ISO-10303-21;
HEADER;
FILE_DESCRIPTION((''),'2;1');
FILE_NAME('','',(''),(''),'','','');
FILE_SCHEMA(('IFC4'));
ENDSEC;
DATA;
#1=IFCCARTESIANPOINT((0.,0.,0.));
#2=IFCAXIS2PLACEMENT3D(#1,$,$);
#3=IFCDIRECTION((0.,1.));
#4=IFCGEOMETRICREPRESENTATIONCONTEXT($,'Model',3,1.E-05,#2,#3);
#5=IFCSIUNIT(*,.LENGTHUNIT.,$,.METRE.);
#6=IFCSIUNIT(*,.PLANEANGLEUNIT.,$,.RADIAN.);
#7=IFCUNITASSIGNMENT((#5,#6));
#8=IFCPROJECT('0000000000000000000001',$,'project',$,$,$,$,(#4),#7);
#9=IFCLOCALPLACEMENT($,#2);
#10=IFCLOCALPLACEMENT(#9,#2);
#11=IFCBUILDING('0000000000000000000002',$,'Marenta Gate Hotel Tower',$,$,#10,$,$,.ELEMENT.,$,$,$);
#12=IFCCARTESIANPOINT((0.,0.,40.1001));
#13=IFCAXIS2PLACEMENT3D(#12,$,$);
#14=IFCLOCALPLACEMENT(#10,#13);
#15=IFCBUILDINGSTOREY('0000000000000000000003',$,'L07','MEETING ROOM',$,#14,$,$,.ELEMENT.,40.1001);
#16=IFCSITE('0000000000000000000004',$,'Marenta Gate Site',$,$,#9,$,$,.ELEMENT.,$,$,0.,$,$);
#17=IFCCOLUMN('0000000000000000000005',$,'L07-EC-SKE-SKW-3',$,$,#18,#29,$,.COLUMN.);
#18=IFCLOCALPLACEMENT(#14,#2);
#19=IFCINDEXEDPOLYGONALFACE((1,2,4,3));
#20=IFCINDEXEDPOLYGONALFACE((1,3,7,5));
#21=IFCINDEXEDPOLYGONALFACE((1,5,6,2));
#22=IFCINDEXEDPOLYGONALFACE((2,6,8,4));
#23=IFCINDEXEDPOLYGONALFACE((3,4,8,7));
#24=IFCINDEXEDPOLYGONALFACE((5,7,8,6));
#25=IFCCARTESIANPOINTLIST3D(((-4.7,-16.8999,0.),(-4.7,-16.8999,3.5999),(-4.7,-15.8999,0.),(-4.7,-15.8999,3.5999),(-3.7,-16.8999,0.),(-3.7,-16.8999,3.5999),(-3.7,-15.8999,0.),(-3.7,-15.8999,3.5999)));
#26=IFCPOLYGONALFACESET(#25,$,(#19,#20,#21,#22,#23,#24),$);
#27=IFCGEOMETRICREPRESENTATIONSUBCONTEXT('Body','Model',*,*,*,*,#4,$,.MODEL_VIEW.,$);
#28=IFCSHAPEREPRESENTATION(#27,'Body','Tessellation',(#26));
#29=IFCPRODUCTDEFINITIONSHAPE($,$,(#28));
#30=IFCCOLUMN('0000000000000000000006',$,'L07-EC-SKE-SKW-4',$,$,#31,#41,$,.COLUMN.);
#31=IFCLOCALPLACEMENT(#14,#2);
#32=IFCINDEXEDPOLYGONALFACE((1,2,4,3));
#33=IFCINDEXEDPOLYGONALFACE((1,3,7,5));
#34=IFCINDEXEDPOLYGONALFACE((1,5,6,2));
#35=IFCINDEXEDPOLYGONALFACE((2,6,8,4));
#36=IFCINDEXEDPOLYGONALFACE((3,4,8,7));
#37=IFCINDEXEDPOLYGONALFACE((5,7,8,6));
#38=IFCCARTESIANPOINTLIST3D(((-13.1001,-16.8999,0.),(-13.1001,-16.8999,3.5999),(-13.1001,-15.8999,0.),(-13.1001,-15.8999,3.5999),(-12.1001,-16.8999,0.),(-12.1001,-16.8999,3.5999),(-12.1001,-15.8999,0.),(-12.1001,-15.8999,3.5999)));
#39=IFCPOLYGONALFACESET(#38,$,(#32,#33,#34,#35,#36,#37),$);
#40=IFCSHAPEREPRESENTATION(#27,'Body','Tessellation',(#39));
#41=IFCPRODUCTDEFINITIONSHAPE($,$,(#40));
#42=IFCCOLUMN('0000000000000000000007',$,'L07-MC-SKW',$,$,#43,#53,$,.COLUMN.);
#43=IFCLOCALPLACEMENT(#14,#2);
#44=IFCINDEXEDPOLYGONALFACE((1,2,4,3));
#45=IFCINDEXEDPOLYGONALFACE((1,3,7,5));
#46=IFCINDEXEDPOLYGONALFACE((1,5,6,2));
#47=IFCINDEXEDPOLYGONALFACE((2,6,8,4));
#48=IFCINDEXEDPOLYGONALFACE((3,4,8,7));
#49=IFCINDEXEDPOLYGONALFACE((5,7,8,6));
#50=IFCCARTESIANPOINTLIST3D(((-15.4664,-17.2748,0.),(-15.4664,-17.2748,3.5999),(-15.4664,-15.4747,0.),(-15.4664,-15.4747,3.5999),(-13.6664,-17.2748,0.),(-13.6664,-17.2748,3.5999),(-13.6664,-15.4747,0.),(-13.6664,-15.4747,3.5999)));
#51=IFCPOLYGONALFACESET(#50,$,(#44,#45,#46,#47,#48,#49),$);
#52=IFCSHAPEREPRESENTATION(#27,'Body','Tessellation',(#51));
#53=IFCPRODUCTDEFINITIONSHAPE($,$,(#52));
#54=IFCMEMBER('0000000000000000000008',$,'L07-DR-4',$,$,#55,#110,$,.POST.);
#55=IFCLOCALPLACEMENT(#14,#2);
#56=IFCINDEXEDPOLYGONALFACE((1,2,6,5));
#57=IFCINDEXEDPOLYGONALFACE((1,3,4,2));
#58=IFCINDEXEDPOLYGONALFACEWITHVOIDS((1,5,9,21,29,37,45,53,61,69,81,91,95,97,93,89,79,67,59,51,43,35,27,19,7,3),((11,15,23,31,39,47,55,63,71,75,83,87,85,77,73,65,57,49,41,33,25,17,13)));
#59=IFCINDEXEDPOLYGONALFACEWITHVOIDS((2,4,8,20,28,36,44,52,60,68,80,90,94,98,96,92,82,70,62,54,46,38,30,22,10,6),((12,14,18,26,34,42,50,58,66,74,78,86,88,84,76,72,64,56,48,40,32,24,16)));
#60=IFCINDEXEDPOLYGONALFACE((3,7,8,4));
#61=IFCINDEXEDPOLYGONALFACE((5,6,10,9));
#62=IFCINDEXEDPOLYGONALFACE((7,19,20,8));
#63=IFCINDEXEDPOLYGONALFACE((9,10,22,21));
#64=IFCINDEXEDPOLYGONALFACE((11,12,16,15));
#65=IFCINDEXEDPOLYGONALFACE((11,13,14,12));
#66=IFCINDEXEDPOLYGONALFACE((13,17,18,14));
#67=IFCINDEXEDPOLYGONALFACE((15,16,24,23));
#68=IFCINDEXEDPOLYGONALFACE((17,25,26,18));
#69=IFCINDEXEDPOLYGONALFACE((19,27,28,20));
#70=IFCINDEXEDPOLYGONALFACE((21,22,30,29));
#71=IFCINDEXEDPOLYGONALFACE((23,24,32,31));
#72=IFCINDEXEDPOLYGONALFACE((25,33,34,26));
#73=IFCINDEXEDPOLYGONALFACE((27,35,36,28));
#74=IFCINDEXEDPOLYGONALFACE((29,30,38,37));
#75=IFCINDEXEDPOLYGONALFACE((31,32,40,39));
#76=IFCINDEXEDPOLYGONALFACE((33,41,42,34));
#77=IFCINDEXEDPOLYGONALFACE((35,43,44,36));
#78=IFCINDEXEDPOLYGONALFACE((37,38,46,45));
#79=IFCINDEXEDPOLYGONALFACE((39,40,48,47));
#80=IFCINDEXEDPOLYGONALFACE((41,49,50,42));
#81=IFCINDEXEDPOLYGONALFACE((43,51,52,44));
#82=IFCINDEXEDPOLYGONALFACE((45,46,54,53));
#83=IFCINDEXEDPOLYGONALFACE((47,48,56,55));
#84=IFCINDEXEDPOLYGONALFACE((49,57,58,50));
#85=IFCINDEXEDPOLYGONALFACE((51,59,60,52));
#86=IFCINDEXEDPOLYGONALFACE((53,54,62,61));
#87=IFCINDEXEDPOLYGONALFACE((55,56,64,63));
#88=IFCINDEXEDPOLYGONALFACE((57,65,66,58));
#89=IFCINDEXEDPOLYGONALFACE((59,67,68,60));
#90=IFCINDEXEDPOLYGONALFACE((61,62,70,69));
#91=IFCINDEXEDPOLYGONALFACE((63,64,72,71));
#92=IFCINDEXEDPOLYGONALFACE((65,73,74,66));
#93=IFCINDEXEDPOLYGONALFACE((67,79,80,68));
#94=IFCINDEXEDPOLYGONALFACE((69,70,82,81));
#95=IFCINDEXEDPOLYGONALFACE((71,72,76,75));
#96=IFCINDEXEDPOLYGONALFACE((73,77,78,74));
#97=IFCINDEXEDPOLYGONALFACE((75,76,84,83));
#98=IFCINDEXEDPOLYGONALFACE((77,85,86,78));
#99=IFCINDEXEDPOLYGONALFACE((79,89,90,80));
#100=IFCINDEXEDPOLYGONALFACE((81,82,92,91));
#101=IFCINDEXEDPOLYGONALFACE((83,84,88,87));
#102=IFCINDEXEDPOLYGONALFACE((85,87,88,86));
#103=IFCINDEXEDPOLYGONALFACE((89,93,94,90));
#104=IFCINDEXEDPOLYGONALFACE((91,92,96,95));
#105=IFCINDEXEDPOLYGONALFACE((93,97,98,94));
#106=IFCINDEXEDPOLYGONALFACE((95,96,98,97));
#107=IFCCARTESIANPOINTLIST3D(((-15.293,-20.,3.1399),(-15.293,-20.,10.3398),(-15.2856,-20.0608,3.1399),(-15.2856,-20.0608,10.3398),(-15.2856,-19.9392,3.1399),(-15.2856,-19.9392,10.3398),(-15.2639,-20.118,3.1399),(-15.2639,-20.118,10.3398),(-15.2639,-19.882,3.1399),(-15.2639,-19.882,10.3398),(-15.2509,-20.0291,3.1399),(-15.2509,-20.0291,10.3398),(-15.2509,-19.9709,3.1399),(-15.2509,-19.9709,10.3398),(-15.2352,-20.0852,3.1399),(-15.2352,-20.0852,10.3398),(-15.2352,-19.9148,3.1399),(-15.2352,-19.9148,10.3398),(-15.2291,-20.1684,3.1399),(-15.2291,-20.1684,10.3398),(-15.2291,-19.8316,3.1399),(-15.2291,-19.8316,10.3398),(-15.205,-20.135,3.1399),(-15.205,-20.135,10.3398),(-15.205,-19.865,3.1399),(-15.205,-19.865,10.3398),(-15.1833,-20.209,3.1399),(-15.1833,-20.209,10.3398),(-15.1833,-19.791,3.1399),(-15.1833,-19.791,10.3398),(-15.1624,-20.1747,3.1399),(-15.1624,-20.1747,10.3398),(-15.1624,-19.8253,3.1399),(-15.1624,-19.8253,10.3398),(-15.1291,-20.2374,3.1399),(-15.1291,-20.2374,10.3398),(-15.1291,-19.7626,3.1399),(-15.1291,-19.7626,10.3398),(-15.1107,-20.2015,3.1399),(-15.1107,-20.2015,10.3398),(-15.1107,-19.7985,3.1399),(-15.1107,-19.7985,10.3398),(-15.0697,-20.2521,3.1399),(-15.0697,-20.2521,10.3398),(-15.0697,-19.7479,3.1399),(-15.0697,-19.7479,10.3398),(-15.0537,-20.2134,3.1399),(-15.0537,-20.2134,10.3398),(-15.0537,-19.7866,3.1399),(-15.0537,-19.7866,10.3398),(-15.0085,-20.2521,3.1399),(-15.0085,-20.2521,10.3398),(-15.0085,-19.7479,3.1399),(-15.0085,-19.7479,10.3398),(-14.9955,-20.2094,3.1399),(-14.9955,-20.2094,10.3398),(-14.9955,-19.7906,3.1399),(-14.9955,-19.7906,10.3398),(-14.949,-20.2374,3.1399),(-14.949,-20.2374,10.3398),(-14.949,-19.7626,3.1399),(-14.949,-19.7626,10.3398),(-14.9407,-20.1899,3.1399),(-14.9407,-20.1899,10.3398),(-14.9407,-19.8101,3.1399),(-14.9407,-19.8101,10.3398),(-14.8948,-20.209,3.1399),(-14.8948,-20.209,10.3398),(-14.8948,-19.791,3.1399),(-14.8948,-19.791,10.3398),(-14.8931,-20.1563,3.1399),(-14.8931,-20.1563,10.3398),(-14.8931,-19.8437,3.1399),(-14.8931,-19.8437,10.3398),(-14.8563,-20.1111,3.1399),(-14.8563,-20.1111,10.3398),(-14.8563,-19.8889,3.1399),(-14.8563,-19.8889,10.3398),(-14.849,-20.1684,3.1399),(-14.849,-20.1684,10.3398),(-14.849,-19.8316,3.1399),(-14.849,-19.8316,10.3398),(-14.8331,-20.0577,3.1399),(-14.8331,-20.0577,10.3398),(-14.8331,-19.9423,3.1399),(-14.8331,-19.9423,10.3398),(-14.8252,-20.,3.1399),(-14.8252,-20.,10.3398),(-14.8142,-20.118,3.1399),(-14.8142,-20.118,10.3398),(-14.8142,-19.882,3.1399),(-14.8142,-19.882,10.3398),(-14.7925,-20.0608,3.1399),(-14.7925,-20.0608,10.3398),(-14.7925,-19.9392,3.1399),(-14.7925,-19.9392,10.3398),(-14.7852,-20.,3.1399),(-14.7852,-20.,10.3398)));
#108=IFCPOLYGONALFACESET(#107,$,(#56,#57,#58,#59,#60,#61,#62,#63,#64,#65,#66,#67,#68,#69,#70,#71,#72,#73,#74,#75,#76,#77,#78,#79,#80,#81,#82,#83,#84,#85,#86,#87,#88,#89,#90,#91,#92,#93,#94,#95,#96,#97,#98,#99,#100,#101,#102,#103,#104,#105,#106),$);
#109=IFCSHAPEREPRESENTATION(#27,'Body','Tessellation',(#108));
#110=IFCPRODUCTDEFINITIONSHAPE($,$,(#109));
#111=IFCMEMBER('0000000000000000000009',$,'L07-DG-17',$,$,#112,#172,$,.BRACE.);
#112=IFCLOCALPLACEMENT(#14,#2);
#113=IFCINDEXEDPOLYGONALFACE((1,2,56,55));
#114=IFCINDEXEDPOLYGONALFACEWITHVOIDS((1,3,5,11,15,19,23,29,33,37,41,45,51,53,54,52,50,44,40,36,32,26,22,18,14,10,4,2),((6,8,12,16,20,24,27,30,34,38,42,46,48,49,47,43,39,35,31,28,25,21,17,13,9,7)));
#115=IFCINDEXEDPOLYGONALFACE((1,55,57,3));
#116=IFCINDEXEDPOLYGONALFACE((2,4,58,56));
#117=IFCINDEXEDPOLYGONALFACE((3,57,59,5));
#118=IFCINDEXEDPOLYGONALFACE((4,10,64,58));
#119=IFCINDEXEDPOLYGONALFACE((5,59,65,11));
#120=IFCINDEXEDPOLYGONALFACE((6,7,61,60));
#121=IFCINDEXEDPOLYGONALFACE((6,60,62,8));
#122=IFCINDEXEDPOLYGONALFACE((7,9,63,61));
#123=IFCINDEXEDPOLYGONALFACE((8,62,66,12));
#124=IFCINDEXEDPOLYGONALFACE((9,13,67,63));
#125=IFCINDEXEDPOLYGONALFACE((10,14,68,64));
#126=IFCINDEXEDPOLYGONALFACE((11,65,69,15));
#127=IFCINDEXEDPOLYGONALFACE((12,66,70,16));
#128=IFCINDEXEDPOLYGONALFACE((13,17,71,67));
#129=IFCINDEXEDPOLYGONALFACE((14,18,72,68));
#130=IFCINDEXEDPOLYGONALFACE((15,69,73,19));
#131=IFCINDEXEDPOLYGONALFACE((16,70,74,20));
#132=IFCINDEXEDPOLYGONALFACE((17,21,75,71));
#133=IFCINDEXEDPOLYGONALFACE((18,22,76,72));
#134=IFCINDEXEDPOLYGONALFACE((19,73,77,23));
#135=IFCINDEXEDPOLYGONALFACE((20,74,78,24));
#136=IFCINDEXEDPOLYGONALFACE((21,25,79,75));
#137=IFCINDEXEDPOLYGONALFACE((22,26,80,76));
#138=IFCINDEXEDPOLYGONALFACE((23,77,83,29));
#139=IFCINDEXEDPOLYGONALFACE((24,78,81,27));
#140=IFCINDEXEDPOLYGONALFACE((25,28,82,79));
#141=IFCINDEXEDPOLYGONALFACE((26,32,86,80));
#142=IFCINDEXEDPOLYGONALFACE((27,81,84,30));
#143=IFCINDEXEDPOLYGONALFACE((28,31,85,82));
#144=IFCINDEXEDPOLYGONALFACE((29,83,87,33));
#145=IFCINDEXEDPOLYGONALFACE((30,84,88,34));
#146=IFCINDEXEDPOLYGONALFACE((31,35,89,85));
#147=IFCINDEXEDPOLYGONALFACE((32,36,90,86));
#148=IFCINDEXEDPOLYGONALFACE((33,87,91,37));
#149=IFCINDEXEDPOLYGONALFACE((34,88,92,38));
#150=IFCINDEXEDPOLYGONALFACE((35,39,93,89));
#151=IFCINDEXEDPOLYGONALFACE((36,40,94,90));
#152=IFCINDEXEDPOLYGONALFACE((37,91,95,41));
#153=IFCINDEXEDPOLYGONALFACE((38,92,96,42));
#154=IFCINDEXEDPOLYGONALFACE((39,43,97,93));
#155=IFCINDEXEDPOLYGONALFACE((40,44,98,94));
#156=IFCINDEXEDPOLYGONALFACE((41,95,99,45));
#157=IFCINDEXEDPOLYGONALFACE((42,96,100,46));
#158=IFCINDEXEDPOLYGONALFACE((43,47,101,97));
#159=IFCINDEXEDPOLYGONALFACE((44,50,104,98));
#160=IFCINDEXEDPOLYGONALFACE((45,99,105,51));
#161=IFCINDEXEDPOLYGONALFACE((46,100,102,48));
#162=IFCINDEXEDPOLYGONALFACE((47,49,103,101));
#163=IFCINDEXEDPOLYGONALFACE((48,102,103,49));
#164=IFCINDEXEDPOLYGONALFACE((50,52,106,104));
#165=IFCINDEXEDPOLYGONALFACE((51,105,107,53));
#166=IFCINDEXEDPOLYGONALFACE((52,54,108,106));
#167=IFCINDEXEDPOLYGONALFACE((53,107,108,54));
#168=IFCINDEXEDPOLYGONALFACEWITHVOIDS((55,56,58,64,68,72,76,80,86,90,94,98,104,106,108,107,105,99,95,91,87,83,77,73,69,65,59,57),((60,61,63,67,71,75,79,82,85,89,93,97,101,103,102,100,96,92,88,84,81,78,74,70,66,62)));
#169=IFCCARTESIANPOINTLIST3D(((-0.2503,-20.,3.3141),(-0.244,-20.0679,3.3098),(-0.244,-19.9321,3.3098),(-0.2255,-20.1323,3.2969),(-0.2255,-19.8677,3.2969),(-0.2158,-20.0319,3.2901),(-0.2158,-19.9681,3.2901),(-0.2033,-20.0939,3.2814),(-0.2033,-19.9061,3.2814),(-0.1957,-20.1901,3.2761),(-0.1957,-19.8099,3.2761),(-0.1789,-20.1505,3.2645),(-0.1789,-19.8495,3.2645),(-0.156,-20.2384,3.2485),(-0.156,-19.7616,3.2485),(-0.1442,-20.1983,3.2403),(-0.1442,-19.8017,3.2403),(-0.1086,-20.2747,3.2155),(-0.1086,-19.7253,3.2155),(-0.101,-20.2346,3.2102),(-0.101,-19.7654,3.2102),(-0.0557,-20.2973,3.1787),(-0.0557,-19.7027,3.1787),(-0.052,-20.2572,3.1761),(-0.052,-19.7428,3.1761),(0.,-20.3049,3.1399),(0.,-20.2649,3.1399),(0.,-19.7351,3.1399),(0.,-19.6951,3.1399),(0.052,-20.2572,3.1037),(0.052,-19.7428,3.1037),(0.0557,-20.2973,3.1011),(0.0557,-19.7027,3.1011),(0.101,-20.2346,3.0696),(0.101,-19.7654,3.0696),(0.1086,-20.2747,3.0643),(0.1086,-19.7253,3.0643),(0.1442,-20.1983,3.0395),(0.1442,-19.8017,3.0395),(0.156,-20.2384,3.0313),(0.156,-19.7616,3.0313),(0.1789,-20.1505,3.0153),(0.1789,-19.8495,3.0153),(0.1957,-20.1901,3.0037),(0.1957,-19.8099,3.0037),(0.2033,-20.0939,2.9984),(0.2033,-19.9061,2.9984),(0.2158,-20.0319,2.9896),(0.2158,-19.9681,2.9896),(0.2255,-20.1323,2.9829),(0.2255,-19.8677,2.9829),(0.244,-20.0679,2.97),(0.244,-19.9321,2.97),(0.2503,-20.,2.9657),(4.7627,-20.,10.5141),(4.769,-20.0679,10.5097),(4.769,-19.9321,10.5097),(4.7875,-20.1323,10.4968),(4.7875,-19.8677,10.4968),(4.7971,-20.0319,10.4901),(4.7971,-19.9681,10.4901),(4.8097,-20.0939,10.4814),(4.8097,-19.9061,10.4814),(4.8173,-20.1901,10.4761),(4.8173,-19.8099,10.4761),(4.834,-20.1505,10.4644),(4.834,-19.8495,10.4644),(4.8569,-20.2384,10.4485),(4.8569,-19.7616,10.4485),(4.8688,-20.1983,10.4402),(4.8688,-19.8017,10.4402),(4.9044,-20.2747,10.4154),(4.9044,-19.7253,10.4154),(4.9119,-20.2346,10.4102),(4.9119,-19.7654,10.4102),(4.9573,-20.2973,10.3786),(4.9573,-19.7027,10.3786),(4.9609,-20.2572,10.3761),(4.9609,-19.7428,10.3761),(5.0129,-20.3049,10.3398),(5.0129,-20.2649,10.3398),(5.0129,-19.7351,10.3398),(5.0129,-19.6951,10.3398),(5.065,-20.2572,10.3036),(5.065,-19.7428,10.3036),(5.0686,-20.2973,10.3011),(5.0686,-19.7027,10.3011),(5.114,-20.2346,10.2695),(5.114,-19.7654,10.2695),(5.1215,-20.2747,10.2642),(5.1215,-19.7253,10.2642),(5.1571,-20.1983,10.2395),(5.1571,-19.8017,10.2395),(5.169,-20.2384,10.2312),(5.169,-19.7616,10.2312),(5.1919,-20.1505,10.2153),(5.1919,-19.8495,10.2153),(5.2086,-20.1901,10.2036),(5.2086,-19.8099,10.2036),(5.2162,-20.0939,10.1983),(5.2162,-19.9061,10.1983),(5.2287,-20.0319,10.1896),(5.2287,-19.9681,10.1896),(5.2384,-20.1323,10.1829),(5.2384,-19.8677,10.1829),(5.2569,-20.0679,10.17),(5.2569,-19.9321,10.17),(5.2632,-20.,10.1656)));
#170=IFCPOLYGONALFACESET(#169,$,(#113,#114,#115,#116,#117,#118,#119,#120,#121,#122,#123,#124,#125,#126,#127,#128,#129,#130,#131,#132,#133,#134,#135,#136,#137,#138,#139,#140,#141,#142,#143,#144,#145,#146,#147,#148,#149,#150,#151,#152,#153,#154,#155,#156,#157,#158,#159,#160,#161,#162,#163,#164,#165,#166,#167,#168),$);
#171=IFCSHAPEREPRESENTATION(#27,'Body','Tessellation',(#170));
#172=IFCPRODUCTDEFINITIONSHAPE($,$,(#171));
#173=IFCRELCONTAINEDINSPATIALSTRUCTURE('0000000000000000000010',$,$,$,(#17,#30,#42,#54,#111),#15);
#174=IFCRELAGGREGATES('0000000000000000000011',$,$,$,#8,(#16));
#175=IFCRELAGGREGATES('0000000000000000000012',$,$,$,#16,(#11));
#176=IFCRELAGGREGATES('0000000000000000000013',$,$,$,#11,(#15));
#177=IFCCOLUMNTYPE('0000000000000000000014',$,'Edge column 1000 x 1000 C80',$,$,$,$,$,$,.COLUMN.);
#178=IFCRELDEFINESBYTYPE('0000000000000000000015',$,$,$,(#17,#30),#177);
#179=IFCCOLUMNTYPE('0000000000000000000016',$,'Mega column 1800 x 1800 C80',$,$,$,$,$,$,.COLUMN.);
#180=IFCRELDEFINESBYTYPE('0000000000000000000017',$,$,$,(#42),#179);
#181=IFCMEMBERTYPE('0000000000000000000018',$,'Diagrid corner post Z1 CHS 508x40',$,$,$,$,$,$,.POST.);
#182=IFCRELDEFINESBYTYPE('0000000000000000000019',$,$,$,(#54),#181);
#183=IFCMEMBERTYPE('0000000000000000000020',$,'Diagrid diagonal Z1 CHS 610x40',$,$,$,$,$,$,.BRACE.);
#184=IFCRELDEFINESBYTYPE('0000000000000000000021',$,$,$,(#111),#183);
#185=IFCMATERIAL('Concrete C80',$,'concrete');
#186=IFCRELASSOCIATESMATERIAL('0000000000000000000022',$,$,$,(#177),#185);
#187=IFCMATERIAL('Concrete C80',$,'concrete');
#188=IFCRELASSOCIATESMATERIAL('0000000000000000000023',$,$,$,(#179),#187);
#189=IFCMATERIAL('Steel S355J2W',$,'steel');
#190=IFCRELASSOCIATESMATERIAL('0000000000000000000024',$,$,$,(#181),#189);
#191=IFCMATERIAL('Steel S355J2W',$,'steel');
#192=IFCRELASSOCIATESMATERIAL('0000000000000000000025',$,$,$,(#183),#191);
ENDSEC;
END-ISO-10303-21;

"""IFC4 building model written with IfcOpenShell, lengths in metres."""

from ifc_helpers import new_model, si_unit, direction, frame, origin, origin_2d, place, context, subcontext, project, spatial, rectangle, hollow_circle, extrude, material, material_profile, profile_set, type_object, element, save


model = new_model("IFC4")

# Units and contexts
model_context = context("Model", 3, precision=1e-05, world=origin(), true_north=direction((0.0, 1.0)))
body_context = subcontext(model_context, "Body", "Model", "MODEL_VIEW")
ifc_project = project(units=[si_unit("LENGTHUNIT", "METRE"), si_unit("PLANEANGLEUNIT", "RADIAN")], contexts=[model_context])

# Site, building, storey
site_placement = place(None, origin())
site = spatial("IfcSite", under=ifc_project, at=site_placement, Name="Marenta Gate Site", CompositionType="ELEMENT", RefElevation=0.0)
building_placement = place(site_placement, origin())
building = spatial("IfcBuilding", under=site, at=building_placement, Name="Marenta Gate Hotel Tower", CompositionType="ELEMENT")
storey_placement = place(building_placement, frame((0.0, 0.0, 40.1001)))
storey = spatial("IfcBuildingStorey", under=building, at=storey_placement, Name="L07", Description="MEETING ROOM", CompositionType="ELEMENT", Elevation=40.1001)

# Columns
ifc_material_1 = material(Name="Concrete C80", Category="concrete")
ifc_material_profile_1 = material_profile(ifc_material_1, rectangle(XDim=1.0, YDim=1.0, at=origin_2d()), Name="1000 x 1000")
ifc_profile_set_1 = profile_set([ifc_material_profile_1], Name="Concrete C80")
column_type_1 = type_object("IfcColumnType", Name="Edge column 1000 x 1000 C80", PredefinedType="COLUMN", material=ifc_profile_set_1)
for number, where, z_axis, x_axis, name in (
    (1, (-4.2, -16.3999, 0.0), (0.0, 0.0, 1.0), (1.0, 0.0, 0.0), "L07-EC-SKE-SKW-3"),
    (2, (-12.6001, -16.3999, 0.0), (0.0, 0.0, 1.0), (1.0, 0.0, 0.0), "L07-EC-SKE-SKW-4"),
):
    element("IfcColumn", number, at=place(storey_placement, frame(where, z_axis=z_axis, x_axis=x_axis)), inside=storey, type_object=column_type_1, Name=name, PredefinedType="COLUMN", context=body_context, shape_type="SweptSolid", body=[
        extrude(rectangle(XDim=1.0, YDim=1.0, at=origin_2d()), origin(), (0.0, 0.0, 1.0), 3.5999),
    ])
ifc_material_2 = material(Name="Concrete C80", Category="concrete")
ifc_material_profile_2 = material_profile(ifc_material_2, rectangle(XDim=1.8, YDim=1.8, at=origin_2d()), Name="1800 x 1800")
ifc_profile_set_2 = profile_set([ifc_material_profile_2], Name="Concrete C80")
column_type_2 = type_object("IfcColumnType", Name="Mega column 1800 x 1800 C80", PredefinedType="COLUMN", material=ifc_profile_set_2)
column_placement = place(storey_placement, frame((-14.5664, -16.3748, 0.0), z_axis=(0.0, 0.0, 1.0), x_axis=(1.0, 0.0, 0.0)))
element("IfcColumn", 3, at=column_placement, inside=storey, type_object=column_type_2, Name="L07-MC-SKW", PredefinedType="COLUMN", context=body_context, shape_type="SweptSolid", body=[
    extrude(rectangle(XDim=1.8, YDim=1.8, at=origin_2d()), origin(), (0.0, 0.0, 1.0), 3.5999),
])

# Members
ifc_material_3 = material(Name="Steel S355J2W", Category="steel")
ifc_material_profile_3 = material_profile(ifc_material_3, hollow_circle(Radius=0.2539, WallThickness=0.04, at=origin_2d()), Name="CHS 508x40")
ifc_profile_set_3 = profile_set([ifc_material_profile_3], Name="Steel S355J2W")
member_type_1 = type_object("IfcMemberType", Name="Diagrid corner post Z1 CHS 508x40", PredefinedType="POST", material=ifc_profile_set_3)
member_1_placement = place(storey_placement, frame((-15.0391, -20.0, 3.1399), z_axis=(0.0, 0.0, 1.0), x_axis=(1.0, 0.0, 0.0)))
element("IfcMember", 4, at=member_1_placement, inside=storey, type_object=member_type_1, Name="L07-DR-4", PredefinedType="POST", context=body_context, shape_type="SweptSolid", body=[
    extrude(hollow_circle(Radius=0.2539, WallThickness=0.04, at=origin_2d()), origin(), (0.0, 0.0, 1.0), 7.2),
])
ifc_material_4 = material(Name="Steel S355J2W", Category="steel")
ifc_material_profile_4 = material_profile(ifc_material_4, hollow_circle(Radius=0.3049, WallThickness=0.04, at=origin_2d()), Name="CHS 610x40")
ifc_profile_set_4 = profile_set([ifc_material_profile_4], Name="Steel S355J2W")
member_type_2 = type_object("IfcMemberType", Name="Diagrid diagonal Z1 CHS 610x40", PredefinedType="BRACE", material=ifc_profile_set_4)
for number, where, z_axis, x_axis, name in (
    (5, (0.0, -20.0, 3.1399), (0.571393, 0.0, 0.820677), (0.0, 1.0, 0.0), "L07-DG-17"),
):
    element("IfcMember", number, at=place(storey_placement, frame(where, z_axis=z_axis, x_axis=x_axis)), inside=storey, type_object=member_type_2, Name=name, PredefinedType="BRACE", context=body_context, shape_type="SweptSolid", body=[
        extrude(hollow_circle(Radius=0.3049, WallThickness=0.04, at=origin_2d()), origin(), (0.0, 0.0, 1.0), 8.7732),
    ])

save(model, "model.ifc")
